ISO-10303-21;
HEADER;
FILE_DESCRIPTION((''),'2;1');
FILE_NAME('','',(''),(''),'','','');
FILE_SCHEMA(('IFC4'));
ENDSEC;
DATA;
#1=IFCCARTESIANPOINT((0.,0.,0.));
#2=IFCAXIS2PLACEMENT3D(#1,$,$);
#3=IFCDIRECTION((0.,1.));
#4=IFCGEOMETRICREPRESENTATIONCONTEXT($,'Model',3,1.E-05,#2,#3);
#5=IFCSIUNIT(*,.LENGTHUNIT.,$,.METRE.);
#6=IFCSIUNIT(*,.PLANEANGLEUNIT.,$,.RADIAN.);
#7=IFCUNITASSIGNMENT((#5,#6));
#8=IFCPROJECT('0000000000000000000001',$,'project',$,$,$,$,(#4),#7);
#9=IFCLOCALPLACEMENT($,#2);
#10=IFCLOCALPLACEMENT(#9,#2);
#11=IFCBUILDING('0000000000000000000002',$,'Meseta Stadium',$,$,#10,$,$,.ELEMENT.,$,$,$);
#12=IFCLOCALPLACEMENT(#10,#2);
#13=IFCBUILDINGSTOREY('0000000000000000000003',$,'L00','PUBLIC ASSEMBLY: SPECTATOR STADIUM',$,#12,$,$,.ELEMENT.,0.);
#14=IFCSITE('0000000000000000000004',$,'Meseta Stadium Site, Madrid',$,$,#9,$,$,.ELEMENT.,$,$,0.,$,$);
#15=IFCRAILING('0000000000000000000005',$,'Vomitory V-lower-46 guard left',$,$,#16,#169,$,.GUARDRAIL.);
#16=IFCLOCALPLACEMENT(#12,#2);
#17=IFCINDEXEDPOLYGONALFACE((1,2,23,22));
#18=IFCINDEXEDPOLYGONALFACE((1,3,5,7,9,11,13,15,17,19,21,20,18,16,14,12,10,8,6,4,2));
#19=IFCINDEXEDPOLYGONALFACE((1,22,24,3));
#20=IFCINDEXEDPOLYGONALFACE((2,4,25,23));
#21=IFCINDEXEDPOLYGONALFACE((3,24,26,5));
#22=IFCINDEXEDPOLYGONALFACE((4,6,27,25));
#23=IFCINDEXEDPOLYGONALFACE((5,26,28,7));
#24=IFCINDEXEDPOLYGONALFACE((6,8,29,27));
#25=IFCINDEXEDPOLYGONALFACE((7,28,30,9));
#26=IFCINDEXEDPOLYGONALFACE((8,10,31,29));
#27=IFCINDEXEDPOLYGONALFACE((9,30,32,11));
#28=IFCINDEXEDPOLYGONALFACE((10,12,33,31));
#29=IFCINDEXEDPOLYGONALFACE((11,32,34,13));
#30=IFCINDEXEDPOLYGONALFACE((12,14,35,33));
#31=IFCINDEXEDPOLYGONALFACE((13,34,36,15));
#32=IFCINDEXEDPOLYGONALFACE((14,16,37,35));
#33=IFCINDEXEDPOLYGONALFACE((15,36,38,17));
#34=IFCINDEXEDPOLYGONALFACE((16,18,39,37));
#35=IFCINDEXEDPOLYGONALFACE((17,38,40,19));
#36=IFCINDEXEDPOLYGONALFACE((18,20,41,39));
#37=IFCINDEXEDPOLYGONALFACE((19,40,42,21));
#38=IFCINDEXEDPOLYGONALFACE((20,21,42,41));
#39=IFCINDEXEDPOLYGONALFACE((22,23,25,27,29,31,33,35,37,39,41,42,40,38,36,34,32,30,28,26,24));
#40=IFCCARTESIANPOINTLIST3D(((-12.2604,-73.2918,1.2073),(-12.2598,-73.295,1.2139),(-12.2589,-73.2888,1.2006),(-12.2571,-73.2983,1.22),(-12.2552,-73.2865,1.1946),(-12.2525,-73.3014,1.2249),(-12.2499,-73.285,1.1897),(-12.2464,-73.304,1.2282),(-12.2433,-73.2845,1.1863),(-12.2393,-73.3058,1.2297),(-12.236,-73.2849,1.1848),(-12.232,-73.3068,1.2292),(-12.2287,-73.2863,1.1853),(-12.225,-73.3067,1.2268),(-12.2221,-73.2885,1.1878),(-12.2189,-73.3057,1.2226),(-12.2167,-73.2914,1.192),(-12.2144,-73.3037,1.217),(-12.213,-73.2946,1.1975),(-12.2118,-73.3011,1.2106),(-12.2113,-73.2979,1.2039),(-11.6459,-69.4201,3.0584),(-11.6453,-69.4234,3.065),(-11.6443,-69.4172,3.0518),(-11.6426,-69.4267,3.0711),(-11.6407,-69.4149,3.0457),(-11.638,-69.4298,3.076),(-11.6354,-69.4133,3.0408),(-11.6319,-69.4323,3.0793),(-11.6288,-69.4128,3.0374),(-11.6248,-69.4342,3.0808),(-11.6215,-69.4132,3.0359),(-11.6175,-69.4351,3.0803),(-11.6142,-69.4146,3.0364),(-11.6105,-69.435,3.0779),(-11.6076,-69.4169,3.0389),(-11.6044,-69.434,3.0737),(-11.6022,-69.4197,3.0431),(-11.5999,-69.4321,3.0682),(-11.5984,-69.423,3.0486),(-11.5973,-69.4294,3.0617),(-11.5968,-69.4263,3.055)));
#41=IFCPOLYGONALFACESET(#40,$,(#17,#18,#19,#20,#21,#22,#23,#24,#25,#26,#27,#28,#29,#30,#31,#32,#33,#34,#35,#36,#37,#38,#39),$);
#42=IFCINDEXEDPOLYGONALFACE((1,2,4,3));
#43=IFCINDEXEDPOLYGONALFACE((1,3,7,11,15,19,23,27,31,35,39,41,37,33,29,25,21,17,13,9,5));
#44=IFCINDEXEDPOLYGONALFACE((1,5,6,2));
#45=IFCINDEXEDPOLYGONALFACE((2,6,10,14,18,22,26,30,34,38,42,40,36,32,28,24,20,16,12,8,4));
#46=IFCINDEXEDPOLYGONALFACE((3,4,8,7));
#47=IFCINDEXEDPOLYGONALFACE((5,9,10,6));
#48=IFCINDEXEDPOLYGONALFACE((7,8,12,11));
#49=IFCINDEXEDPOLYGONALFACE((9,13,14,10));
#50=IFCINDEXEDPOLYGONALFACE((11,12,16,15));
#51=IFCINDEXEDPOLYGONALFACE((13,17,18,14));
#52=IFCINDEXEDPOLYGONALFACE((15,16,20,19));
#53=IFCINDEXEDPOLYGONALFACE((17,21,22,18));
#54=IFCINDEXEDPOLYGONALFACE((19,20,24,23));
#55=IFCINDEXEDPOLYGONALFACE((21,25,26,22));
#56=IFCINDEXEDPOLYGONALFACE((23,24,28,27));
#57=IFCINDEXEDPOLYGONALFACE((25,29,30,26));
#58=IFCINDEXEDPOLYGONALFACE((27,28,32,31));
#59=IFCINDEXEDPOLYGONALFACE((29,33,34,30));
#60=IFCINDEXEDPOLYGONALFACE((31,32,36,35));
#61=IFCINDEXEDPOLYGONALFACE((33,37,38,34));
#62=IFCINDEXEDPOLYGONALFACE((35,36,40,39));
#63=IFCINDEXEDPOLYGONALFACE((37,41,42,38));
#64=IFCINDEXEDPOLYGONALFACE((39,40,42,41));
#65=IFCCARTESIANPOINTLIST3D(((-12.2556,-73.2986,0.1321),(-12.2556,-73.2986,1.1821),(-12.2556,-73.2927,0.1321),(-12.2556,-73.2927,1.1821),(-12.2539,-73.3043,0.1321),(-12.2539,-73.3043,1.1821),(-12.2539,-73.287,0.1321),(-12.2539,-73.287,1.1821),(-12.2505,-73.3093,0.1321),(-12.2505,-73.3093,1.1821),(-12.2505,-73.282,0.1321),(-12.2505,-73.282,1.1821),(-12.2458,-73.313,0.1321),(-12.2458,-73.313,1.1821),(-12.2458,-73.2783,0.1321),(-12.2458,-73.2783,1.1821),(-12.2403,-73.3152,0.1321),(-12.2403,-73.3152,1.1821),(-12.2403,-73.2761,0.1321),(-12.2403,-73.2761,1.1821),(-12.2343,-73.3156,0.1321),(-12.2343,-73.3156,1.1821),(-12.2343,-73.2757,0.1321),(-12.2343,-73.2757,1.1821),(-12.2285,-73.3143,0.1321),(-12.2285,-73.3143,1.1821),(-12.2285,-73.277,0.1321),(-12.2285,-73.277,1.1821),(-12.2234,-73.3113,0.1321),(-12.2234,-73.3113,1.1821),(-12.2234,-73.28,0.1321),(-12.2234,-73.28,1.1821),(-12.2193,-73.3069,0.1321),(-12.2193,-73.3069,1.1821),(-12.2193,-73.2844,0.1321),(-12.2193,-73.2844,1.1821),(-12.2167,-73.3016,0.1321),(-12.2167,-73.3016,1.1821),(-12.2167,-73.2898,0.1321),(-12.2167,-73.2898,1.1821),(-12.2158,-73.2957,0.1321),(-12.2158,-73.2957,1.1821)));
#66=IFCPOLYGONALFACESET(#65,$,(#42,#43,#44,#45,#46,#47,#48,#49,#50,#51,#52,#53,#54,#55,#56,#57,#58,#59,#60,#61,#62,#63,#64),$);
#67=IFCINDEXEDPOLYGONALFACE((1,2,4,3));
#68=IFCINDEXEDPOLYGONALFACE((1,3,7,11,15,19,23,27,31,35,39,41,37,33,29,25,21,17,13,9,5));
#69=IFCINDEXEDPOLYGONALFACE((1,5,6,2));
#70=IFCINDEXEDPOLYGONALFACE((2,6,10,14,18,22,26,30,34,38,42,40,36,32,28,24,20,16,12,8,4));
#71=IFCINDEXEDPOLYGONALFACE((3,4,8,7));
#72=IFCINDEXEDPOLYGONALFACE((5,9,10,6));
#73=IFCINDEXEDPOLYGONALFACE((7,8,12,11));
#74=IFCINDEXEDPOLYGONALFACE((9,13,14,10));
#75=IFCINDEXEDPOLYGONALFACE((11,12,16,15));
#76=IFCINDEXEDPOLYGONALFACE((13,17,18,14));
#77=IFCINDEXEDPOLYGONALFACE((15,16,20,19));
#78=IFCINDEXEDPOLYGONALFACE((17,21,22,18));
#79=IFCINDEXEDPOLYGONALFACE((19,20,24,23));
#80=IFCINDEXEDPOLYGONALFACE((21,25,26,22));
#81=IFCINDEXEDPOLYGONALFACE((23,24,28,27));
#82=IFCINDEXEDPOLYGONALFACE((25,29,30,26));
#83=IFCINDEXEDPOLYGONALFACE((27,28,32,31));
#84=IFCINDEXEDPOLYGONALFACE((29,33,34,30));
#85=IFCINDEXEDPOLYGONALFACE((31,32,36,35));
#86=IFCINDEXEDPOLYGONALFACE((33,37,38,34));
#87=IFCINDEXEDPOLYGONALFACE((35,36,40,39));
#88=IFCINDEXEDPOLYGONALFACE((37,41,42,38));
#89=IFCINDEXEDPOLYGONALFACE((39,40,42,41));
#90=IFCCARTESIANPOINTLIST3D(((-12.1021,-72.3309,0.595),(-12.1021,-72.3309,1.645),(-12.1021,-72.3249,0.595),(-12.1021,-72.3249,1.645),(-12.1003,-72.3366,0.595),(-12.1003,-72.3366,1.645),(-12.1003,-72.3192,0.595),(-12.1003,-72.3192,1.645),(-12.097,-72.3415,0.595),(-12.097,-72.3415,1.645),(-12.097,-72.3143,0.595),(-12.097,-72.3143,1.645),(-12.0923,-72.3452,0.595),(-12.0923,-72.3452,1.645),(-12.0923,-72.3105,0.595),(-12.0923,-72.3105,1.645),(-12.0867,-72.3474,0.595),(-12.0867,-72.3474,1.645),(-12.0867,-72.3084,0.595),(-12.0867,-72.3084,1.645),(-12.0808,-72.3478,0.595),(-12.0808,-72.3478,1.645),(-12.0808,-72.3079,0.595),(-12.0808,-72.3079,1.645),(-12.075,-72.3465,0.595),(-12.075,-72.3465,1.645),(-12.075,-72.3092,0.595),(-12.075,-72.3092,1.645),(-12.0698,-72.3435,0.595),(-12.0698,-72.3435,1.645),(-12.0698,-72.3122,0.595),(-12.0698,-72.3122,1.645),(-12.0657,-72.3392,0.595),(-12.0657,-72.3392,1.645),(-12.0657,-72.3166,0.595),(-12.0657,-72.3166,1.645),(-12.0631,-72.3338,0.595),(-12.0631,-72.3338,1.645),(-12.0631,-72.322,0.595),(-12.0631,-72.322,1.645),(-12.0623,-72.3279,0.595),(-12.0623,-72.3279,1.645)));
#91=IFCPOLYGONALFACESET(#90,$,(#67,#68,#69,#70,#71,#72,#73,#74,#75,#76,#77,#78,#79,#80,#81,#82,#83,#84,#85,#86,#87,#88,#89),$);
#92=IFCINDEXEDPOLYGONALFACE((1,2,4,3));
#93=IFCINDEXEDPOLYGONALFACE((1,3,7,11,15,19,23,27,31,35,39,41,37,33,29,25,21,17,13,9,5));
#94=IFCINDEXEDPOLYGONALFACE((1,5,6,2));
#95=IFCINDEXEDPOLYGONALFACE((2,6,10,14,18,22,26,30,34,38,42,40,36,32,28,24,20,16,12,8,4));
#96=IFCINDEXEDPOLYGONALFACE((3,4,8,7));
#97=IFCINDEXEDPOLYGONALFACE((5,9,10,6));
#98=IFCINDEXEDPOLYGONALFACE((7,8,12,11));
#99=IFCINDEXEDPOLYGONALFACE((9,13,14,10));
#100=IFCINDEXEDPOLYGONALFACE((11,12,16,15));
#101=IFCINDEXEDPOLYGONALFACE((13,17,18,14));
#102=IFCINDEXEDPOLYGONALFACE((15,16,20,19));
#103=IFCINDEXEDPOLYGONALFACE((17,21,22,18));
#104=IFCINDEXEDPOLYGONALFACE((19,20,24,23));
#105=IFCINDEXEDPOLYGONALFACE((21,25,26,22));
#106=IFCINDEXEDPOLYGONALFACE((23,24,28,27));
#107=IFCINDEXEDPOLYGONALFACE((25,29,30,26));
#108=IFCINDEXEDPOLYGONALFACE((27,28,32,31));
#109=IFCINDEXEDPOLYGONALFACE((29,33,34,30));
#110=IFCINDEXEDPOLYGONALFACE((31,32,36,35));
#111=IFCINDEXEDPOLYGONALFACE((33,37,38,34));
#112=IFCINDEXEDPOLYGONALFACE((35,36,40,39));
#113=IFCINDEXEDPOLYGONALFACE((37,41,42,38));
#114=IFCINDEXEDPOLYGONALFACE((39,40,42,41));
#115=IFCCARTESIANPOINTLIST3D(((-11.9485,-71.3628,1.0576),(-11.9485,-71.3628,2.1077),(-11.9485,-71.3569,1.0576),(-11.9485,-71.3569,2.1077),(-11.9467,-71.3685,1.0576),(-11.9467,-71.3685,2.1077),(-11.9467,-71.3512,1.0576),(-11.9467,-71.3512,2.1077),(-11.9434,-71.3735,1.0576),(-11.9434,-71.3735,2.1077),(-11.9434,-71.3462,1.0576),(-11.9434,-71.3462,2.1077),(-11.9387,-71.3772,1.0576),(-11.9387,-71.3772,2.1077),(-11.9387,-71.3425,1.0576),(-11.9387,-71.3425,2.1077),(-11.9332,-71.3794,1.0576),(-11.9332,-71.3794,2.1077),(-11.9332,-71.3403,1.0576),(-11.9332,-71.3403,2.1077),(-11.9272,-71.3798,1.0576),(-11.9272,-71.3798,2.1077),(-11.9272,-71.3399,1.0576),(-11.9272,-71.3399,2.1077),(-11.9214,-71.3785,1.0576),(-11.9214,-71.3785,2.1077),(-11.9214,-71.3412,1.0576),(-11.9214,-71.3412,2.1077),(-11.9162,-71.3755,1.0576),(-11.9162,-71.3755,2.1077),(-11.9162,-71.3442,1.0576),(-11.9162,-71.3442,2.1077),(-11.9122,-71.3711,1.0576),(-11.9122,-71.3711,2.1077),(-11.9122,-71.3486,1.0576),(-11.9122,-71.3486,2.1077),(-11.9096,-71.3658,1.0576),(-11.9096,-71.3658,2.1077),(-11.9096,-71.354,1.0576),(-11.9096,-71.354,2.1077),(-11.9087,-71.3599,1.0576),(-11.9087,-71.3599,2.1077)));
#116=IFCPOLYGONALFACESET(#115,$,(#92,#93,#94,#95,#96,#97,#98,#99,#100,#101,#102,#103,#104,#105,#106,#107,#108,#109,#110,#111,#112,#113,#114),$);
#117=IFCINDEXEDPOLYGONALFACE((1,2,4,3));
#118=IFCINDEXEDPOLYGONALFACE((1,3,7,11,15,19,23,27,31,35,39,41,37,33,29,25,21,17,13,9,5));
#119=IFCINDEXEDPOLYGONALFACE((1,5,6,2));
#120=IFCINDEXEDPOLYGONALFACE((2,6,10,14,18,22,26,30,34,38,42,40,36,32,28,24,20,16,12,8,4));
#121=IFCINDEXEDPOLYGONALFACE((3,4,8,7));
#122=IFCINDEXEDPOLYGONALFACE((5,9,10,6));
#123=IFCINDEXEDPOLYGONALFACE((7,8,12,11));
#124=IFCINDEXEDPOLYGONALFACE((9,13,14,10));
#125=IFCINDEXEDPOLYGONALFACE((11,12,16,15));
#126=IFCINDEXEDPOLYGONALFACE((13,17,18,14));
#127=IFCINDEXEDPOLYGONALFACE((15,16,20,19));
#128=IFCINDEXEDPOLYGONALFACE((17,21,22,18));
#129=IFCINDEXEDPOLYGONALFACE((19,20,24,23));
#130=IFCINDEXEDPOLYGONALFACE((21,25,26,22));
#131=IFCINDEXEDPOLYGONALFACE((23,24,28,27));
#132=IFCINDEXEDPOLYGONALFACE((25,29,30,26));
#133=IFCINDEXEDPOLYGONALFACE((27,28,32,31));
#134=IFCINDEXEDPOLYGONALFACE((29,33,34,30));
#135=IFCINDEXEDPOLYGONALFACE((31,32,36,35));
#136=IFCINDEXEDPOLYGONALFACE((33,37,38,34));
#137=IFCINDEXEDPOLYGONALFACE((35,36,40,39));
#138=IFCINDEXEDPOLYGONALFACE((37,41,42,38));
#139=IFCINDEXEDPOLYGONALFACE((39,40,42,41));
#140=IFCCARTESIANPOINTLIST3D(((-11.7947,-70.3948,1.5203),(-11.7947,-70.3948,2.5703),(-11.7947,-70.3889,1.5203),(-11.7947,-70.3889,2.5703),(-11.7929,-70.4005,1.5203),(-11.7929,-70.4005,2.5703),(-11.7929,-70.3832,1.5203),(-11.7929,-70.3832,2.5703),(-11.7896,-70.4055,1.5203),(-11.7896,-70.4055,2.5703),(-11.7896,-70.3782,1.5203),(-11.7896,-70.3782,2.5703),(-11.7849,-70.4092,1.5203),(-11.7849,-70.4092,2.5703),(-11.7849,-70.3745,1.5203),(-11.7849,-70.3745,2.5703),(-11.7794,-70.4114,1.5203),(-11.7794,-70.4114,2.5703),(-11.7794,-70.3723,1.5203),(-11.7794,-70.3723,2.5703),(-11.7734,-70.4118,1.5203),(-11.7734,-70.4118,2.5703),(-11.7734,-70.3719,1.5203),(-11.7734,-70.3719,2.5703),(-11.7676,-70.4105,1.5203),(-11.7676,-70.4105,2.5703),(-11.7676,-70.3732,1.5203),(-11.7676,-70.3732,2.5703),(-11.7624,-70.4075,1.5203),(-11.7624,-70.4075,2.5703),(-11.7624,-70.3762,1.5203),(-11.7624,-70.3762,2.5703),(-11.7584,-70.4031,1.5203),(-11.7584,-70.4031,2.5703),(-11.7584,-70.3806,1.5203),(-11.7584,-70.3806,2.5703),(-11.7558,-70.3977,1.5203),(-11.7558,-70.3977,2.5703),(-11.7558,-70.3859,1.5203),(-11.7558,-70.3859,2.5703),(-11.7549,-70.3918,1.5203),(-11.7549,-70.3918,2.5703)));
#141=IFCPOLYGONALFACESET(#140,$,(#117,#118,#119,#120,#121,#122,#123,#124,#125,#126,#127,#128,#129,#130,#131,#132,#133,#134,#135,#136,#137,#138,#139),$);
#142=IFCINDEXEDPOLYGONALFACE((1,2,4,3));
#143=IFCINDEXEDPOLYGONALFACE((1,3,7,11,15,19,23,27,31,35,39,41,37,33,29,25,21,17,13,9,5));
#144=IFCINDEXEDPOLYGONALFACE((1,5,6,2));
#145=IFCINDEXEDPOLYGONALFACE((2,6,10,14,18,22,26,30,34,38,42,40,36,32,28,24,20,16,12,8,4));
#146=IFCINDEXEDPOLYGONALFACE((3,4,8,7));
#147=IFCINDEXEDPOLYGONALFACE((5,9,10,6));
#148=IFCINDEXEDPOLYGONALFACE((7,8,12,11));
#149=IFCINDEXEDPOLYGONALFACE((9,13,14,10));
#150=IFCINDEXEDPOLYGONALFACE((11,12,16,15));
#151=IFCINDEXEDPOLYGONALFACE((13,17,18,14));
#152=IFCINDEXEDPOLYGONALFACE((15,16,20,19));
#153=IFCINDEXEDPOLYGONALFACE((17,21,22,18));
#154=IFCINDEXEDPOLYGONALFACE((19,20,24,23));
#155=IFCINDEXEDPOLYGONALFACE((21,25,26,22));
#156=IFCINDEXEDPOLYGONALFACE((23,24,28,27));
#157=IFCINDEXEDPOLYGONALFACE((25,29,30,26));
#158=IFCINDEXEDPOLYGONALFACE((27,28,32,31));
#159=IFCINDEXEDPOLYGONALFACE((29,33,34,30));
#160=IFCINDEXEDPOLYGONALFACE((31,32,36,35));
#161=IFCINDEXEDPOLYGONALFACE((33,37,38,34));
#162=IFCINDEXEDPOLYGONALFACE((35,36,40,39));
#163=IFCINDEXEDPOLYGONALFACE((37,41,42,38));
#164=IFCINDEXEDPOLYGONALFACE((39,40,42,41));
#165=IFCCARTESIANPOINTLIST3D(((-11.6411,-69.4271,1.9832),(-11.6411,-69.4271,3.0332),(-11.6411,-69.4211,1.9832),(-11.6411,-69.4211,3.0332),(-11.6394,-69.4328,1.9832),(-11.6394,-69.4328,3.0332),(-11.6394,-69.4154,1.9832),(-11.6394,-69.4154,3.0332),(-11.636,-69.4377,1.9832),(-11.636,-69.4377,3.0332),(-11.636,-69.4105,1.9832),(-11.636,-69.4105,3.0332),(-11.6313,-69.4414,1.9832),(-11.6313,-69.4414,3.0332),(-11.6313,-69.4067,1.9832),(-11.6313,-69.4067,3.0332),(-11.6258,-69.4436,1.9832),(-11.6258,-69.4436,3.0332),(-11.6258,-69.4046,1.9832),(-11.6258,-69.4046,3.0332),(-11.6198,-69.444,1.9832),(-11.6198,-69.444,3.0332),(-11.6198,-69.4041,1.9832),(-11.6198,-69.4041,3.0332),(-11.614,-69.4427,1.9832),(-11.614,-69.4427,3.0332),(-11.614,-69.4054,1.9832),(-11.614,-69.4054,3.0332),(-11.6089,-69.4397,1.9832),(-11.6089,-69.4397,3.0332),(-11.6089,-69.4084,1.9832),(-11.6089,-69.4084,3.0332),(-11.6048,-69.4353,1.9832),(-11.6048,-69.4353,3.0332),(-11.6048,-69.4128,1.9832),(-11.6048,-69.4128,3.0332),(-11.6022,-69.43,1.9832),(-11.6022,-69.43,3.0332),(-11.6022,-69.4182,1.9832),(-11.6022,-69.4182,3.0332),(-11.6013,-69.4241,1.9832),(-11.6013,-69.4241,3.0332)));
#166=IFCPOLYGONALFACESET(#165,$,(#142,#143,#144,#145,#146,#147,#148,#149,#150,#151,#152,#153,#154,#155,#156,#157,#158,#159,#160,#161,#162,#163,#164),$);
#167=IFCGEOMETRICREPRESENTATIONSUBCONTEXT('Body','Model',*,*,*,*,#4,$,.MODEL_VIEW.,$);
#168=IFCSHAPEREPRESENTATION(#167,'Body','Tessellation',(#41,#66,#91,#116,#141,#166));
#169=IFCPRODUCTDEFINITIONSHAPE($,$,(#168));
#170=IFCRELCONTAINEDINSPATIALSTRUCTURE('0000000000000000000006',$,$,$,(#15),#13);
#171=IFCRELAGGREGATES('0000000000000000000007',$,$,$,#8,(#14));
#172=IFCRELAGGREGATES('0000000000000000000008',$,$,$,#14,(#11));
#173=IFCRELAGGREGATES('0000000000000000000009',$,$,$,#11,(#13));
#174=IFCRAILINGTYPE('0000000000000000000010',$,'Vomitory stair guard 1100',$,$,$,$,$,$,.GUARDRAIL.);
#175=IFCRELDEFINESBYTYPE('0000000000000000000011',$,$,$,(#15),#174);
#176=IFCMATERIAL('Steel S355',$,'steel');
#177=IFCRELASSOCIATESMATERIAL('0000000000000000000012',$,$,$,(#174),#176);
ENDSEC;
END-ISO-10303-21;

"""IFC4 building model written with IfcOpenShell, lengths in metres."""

from ifc_helpers import new_model, si_unit, direction, frame, origin, origin_2d, place, context, subcontext, project, spatial, circle, extrude, material, type_object, element, save


model = new_model("IFC4")

# Units and contexts
model_context = context("Model", 3, precision=1e-05, world=origin(), true_north=direction((0.0, 1.0)))
body_context = subcontext(model_context, "Body", "Model", "MODEL_VIEW")
ifc_project = project(units=[si_unit("LENGTHUNIT", "METRE"), si_unit("PLANEANGLEUNIT", "RADIAN")], contexts=[model_context])

# Site, building, storey
site_placement = place(None, origin())
site = spatial("IfcSite", under=ifc_project, at=site_placement, Name="Meseta Stadium Site, Madrid", CompositionType="ELEMENT", RefElevation=0.0)
building_placement = place(site_placement, origin())
building = spatial("IfcBuilding", under=site, at=building_placement, Name="Meseta Stadium", CompositionType="ELEMENT")
storey_placement = place(building_placement, origin())
storey = spatial("IfcBuildingStorey", under=building, at=storey_placement, Name="L00", Description="PUBLIC ASSEMBLY: SPECTATOR STADIUM", CompositionType="ELEMENT", Elevation=0.0)

# Railing
ifc_material_1 = material(Name="Steel S355", Category="steel")
railing_type_1 = type_object("IfcRailingType", Name="Vomitory stair guard 1100", PredefinedType="GUARDRAIL", material=ifc_material_1)
for number, where, name in (
    (1, (-12.2358, -73.2957, 0.1321), "Vomitory V-lower-46 guard left"),
):
    element("IfcRailing", number, at=place(storey_placement, frame(where)), inside=storey, type_object=railing_type_1, Name=name, PredefinedType="GUARDRAIL", context=body_context, shape_type="SweptSolid", body=[
        extrude(circle(Radius=0.0249, at=origin_2d()), frame((0.0, 0.0, 1.0752), z_axis=(0.14175, 0.893074, 0.426995), x_axis=(-0.987637, 0.156759, 0.0)), (0.0, 0.0, 1.0), 4.3352),
        extrude(circle(Radius=0.02, at=origin_2d()), origin(), (0.0, 0.0, 1.0), 1.05),
        extrude(circle(Radius=0.02, at=origin_2d()), frame((0.1536, 0.9678, 0.4629)), (0.0, 0.0, 1.0), 1.05),
        extrude(circle(Radius=0.02, at=origin_2d()), frame((0.3071, 1.9358, 0.9255)), (0.0, 0.0, 1.0), 1.05),
        extrude(circle(Radius=0.02, at=origin_2d()), frame((0.4609, 2.9038, 1.3882)), (0.0, 0.0, 1.0), 1.05),
        extrude(circle(Radius=0.02, at=origin_2d()), frame((0.6145, 3.8716, 1.8511)), (0.0, 0.0, 1.0), 1.05),
    ])

save(model, "model.ifc")
